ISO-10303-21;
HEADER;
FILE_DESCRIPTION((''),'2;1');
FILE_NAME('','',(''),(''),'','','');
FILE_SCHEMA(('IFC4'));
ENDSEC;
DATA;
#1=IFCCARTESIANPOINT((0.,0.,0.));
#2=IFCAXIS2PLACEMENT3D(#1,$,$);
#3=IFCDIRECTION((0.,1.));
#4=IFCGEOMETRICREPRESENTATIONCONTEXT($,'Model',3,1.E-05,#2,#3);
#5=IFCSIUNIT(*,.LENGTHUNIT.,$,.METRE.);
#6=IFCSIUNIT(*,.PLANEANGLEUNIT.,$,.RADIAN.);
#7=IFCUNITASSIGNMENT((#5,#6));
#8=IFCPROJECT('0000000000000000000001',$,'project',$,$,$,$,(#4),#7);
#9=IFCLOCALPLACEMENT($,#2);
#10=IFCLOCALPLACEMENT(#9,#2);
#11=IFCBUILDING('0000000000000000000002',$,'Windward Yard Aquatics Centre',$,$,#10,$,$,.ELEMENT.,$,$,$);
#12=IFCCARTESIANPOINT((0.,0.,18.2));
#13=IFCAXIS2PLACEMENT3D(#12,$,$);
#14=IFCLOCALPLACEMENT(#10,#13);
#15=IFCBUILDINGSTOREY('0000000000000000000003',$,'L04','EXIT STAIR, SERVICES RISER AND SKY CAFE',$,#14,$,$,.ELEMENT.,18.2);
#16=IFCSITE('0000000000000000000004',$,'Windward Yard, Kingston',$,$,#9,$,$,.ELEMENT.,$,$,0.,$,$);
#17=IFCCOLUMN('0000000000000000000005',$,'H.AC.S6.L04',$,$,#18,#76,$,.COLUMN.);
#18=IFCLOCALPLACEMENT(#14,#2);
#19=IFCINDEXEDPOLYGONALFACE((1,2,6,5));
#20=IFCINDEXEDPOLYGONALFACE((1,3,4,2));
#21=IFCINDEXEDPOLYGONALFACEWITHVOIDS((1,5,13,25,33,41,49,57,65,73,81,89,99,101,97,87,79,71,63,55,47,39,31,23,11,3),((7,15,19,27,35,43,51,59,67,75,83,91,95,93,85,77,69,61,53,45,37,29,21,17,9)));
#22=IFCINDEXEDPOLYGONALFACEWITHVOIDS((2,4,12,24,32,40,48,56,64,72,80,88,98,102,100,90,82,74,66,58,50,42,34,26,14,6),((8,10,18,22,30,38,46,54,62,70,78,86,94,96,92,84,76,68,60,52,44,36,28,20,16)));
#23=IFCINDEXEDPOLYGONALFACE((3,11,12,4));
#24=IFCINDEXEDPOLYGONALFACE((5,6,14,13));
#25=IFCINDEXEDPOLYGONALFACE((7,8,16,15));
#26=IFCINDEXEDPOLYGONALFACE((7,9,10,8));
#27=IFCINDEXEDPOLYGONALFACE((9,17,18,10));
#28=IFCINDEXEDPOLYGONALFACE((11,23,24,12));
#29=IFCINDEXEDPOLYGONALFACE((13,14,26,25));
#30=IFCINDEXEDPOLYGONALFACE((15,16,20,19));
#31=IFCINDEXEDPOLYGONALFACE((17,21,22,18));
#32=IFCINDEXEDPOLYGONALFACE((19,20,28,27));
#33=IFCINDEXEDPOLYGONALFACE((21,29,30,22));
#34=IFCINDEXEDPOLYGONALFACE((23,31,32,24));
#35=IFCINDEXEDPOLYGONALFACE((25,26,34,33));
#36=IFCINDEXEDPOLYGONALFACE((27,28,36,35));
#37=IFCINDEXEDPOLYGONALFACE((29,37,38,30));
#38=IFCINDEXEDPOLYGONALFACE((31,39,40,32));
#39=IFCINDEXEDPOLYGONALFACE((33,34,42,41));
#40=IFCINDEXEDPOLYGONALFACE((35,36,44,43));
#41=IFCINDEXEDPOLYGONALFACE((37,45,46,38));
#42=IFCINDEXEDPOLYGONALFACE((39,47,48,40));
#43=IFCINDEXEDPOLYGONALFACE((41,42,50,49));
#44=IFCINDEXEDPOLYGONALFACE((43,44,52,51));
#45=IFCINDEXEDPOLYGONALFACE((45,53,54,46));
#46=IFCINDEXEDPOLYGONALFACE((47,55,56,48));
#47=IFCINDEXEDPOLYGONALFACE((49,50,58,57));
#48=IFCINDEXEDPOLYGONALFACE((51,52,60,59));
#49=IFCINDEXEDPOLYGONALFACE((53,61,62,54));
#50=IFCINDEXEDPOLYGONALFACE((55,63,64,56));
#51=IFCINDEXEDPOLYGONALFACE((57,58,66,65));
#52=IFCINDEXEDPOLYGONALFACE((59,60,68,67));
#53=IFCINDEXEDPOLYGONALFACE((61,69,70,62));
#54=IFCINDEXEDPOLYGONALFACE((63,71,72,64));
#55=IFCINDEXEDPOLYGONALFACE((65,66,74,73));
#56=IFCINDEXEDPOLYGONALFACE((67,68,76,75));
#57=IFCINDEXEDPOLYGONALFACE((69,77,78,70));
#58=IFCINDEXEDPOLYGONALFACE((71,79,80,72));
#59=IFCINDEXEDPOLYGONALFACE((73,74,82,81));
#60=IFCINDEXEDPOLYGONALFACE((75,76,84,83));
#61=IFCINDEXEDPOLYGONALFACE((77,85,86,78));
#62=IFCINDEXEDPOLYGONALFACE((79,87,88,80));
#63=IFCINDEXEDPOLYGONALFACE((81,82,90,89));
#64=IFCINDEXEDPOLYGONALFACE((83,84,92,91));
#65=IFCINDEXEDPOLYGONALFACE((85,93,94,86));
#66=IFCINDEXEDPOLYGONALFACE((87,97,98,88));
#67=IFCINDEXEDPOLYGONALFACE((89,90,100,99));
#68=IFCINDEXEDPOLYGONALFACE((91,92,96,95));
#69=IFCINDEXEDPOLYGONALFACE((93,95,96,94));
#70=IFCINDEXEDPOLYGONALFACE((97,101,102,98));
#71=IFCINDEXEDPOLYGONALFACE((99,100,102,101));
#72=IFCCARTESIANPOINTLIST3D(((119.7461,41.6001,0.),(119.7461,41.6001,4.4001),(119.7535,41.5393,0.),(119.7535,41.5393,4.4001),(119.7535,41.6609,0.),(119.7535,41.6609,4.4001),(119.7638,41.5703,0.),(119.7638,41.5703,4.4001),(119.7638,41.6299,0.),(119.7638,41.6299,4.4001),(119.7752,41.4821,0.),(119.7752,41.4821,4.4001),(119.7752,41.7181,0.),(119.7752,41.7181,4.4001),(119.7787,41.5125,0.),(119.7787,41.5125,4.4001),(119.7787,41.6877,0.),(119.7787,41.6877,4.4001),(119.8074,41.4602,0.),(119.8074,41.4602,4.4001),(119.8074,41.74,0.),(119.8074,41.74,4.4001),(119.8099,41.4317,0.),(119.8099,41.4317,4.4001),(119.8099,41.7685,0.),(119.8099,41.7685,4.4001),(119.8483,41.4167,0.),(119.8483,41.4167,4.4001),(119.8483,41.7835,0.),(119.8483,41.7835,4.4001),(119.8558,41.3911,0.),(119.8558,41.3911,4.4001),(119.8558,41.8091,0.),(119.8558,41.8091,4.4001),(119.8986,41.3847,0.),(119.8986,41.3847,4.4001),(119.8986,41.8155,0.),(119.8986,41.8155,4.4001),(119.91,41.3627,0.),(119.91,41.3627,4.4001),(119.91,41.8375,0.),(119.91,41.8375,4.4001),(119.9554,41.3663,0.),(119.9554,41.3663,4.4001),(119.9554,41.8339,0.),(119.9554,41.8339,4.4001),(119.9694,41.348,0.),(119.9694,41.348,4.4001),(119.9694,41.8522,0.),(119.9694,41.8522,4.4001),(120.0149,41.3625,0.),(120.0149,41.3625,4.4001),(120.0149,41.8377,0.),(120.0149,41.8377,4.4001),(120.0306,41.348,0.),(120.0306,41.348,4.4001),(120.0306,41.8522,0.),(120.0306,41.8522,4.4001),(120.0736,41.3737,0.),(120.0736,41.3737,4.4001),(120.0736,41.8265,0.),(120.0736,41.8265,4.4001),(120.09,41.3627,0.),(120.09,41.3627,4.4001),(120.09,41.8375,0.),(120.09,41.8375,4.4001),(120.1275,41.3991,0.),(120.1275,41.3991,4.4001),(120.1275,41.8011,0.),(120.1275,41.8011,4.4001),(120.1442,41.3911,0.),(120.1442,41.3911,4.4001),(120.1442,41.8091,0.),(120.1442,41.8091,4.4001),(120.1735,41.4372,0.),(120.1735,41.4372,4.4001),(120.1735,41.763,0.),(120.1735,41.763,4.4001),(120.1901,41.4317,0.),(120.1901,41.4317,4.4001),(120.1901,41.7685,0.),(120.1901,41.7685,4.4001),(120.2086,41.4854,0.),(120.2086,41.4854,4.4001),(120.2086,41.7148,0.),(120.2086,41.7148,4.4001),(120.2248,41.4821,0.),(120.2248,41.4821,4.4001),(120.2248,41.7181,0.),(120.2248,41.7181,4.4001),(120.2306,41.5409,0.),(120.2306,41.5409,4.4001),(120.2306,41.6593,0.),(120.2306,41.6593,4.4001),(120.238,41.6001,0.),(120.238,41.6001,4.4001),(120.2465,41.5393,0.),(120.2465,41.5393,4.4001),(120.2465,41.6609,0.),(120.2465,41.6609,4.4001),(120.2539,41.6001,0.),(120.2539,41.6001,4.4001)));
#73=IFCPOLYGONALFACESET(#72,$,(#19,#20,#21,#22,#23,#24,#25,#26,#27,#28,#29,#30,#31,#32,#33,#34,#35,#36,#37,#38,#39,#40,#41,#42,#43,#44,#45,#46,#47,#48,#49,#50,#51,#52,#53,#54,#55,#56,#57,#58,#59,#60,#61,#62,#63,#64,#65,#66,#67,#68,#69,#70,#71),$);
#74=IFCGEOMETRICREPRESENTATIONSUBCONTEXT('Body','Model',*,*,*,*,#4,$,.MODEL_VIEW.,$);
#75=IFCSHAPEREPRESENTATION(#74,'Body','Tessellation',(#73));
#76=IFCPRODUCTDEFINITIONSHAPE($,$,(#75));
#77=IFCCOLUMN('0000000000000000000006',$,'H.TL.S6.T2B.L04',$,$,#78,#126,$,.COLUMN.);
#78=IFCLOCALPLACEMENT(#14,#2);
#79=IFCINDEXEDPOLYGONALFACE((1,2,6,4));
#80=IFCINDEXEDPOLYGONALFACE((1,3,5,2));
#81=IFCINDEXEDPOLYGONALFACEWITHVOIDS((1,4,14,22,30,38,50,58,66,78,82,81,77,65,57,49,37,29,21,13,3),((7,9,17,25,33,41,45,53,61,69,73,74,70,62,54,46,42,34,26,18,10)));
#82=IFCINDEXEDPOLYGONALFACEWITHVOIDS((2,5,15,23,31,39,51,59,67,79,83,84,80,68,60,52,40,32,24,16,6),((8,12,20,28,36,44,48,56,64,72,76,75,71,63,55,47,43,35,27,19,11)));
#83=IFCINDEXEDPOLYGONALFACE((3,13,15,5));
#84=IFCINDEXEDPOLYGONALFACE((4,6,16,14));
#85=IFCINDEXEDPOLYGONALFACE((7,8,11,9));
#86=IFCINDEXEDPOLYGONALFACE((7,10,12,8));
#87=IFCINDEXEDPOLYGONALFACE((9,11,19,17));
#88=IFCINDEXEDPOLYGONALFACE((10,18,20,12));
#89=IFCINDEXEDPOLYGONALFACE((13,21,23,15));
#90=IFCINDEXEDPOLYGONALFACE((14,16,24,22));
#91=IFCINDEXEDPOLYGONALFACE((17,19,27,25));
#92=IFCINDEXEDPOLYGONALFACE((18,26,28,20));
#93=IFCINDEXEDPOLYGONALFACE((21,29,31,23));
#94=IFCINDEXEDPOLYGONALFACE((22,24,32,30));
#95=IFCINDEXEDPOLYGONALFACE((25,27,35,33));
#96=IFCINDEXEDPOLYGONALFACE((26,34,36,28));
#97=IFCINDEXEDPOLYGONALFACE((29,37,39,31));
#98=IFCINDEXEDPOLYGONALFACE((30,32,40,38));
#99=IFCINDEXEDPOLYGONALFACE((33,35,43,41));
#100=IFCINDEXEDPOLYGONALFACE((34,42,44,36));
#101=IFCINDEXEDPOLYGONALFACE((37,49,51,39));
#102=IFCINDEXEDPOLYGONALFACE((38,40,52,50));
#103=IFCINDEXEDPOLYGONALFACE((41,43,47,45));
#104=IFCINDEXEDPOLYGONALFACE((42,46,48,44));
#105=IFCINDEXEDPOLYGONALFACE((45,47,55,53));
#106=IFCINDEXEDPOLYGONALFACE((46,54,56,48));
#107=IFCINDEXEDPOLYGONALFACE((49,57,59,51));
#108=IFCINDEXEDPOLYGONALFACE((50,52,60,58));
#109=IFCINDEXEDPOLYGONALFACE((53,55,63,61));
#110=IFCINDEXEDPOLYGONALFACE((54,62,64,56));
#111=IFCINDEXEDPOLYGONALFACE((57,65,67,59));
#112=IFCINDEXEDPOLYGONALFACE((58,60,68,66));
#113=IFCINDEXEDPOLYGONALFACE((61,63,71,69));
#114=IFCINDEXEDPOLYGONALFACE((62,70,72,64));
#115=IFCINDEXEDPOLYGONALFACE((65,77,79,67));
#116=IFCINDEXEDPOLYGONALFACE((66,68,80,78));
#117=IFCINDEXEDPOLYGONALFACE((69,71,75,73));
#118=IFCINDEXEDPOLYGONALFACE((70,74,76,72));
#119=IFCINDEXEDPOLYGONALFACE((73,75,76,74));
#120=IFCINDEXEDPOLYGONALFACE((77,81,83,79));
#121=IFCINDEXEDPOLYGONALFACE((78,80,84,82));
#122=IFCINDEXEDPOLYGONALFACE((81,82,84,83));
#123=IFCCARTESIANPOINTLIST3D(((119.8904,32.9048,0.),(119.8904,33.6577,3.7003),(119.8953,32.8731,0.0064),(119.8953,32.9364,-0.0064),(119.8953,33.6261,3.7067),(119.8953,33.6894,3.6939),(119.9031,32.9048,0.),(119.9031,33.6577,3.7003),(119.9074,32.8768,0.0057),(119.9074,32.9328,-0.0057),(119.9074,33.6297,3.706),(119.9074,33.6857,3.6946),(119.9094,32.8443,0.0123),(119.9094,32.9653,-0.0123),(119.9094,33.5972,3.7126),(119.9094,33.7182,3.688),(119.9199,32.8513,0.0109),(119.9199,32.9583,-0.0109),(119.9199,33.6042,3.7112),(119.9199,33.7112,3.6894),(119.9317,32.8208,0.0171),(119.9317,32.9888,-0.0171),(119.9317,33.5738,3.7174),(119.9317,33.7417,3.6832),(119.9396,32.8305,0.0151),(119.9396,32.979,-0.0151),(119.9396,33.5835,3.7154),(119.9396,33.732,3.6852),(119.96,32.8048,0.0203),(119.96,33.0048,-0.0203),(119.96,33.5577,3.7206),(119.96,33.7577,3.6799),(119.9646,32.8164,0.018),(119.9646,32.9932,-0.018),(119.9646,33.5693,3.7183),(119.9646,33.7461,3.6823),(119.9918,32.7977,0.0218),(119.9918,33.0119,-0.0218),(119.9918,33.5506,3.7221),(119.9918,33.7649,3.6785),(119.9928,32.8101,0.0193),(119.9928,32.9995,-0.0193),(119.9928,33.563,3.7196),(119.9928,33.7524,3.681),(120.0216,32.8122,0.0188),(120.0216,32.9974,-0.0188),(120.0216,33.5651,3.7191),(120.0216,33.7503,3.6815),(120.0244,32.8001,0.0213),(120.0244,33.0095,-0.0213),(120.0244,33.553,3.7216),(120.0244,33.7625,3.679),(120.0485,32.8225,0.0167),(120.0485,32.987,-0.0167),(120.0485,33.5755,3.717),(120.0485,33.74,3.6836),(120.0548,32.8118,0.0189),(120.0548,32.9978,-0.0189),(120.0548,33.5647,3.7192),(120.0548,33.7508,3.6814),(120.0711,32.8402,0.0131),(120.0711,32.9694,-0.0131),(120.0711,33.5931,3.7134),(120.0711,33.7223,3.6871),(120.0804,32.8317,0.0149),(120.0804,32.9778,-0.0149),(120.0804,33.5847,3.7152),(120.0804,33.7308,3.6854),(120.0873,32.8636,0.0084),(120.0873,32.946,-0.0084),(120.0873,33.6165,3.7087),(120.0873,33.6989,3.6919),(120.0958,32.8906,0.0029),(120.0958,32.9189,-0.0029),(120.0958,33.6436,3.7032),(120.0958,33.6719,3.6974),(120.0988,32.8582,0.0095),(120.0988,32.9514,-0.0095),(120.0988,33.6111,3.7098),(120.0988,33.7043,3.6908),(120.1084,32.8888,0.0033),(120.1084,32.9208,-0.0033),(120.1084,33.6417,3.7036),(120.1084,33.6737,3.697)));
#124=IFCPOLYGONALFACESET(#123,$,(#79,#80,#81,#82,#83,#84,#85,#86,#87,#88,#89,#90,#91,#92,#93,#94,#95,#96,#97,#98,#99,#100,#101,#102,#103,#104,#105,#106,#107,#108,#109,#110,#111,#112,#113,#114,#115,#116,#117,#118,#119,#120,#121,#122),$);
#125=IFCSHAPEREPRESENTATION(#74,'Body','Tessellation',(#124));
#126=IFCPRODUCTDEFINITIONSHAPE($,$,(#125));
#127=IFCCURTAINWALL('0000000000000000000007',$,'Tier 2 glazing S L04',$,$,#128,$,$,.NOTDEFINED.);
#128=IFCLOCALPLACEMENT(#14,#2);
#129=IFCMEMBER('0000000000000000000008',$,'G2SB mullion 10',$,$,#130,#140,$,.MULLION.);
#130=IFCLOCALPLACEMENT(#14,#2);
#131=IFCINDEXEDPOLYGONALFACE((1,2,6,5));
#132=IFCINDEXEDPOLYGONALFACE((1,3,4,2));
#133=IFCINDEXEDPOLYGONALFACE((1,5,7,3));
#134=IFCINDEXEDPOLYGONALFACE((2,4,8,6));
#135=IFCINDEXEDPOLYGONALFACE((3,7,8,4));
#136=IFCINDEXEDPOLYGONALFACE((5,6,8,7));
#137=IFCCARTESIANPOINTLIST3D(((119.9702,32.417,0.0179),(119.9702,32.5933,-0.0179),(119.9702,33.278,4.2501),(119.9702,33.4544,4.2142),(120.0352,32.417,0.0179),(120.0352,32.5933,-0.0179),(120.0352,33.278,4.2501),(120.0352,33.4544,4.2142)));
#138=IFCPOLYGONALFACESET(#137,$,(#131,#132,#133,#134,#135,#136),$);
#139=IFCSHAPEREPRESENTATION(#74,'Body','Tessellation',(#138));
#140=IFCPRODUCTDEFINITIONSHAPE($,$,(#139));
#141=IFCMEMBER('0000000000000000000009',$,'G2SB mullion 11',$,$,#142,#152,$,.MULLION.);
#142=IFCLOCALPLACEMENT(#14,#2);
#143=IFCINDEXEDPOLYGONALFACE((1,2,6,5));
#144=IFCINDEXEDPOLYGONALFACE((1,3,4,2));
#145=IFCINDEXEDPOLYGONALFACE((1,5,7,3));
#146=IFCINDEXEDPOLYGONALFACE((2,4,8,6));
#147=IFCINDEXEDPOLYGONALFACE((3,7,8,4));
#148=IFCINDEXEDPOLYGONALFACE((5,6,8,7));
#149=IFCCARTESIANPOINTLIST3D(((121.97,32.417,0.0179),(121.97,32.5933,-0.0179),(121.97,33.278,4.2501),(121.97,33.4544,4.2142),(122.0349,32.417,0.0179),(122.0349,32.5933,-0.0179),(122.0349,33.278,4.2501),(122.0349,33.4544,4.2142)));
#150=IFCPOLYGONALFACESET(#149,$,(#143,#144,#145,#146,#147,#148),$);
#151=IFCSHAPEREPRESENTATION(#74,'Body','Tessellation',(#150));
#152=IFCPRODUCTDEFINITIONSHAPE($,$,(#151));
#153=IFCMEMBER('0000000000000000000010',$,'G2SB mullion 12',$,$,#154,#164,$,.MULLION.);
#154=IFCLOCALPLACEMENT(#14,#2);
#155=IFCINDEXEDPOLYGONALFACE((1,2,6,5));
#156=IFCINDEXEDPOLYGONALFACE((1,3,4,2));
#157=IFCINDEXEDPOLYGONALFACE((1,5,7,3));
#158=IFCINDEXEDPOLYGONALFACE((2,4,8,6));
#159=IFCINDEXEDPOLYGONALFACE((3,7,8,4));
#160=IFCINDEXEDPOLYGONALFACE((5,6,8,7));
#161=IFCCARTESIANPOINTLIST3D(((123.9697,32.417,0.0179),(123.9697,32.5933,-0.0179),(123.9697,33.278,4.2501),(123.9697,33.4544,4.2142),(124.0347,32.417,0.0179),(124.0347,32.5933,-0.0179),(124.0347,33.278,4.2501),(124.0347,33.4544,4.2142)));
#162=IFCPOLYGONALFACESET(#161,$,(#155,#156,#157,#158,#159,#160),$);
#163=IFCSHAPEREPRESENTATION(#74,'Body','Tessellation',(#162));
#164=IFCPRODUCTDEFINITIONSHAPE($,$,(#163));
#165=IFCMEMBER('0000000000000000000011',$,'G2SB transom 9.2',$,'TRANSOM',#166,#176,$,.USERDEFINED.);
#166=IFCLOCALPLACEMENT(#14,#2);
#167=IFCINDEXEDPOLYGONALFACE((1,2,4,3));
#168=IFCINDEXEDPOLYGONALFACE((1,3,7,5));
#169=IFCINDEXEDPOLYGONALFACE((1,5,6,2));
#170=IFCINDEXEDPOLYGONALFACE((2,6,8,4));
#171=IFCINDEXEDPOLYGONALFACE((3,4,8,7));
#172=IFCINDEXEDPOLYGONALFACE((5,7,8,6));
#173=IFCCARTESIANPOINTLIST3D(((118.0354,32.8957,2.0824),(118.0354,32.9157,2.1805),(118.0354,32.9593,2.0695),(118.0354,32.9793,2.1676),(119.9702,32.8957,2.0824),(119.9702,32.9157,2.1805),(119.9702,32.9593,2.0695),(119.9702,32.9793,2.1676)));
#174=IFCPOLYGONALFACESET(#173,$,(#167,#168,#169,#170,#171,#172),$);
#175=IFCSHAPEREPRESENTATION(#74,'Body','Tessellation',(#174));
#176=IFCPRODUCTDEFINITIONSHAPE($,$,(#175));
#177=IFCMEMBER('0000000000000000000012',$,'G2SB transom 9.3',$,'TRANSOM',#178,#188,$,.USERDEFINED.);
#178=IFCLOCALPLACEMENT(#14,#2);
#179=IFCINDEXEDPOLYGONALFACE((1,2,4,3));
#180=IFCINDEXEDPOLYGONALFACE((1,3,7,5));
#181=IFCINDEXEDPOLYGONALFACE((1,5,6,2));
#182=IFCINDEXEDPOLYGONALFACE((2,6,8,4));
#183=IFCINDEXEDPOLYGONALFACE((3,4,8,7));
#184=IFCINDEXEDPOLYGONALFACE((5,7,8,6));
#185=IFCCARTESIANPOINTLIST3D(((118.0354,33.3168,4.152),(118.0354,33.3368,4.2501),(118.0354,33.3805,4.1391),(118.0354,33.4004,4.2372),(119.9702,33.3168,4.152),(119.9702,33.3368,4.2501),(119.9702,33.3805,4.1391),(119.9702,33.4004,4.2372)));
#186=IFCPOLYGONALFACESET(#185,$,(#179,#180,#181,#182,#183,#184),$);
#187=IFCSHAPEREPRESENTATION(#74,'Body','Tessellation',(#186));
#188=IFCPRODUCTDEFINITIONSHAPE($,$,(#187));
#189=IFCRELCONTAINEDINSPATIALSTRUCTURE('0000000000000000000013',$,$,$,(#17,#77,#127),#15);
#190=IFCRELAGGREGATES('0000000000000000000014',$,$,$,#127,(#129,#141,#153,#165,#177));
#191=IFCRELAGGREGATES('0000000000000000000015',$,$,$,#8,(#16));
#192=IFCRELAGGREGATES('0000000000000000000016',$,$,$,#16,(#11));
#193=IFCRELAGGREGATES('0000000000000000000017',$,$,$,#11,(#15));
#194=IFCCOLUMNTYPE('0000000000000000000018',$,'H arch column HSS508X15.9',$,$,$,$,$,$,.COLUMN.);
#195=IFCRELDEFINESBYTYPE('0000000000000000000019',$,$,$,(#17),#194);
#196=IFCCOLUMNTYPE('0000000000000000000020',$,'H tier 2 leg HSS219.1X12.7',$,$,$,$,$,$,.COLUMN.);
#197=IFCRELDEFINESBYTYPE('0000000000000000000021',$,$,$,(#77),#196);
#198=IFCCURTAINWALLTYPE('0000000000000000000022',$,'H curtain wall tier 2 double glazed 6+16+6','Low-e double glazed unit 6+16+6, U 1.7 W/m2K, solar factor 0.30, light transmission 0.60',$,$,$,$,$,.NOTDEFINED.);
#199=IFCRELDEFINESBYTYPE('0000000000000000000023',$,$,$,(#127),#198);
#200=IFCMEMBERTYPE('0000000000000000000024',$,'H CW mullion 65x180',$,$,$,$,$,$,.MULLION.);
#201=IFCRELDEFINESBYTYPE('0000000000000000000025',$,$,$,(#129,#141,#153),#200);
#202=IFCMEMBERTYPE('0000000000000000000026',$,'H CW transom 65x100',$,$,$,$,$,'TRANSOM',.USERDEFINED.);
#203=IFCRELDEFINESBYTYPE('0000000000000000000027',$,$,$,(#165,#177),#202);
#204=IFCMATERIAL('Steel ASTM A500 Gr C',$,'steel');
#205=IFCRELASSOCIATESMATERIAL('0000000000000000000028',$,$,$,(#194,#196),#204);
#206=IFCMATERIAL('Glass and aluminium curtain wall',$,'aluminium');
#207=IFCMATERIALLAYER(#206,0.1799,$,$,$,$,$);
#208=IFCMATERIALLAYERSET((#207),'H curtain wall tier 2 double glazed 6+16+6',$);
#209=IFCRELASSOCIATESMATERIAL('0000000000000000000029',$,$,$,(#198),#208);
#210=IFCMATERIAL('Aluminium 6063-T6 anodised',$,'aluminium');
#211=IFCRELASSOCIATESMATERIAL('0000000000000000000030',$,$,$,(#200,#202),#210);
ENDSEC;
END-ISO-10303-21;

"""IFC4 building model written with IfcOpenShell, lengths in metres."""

from ifc_helpers import new_model, si_unit, direction, frame, origin, origin_2d, place, context, subcontext, project, spatial, rectangle, hollow_circle, extrude, material, layer, layer_set, material_profile, profile_set, type_object, element, aggregate, save


model = new_model("IFC4")

# Units and contexts
model_context = context("Model", 3, precision=1e-05, world=origin(), true_north=direction((0.0, 1.0)))
body_context = subcontext(model_context, "Body", "Model", "MODEL_VIEW")
ifc_project = project(units=[si_unit("LENGTHUNIT", "METRE"), si_unit("PLANEANGLEUNIT", "RADIAN")], contexts=[model_context])

# Site, building, storey
site_placement = place(None, origin())
site = spatial("IfcSite", under=ifc_project, at=site_placement, Name="Windward Yard, Kingston", CompositionType="ELEMENT", RefElevation=0.0)
building_placement = place(site_placement, origin())
building = spatial("IfcBuilding", under=site, at=building_placement, Name="Windward Yard Aquatics Centre", CompositionType="ELEMENT")
storey_placement = place(building_placement, frame((0.0, 0.0, 18.2)))
storey = spatial("IfcBuildingStorey", under=building, at=storey_placement, Name="L04", Description="EXIT STAIR, SERVICES RISER AND SKY CAFE", CompositionType="ELEMENT", Elevation=18.2)

# Columns
ifc_material_1 = material(Name="Steel ASTM A500 Gr C", Category="steel")
ifc_material_profile_1 = material_profile(ifc_material_1, hollow_circle(Radius=0.2539, WallThickness=0.0159, at=origin_2d()), Name="HSS508X15.9")
ifc_profile_set_1 = profile_set([ifc_material_profile_1], Name="Steel ASTM A500 Gr C")
column_type_1 = type_object("IfcColumnType", Name="H arch column HSS508X15.9", PredefinedType="COLUMN", material=ifc_profile_set_1)
column_1_placement = place(storey_placement, frame((120.0, 41.6001, 0.0), z_axis=(0.0, 0.0, 1.0), x_axis=(1.0, 0.0, 0.0)))
element("IfcColumn", 1, at=column_1_placement, inside=storey, type_object=column_type_1, Name="H.AC.S6.L04", PredefinedType="COLUMN", context=body_context, shape_type="SweptSolid", body=[
    extrude(hollow_circle(Radius=0.2539, WallThickness=0.0159, at=origin_2d()), origin(), (0.0, 0.0, 1.0), 4.4001),
])
ifc_material_profile_2 = material_profile(ifc_material_1, hollow_circle(Radius=0.1096, WallThickness=0.0127, at=origin_2d()), Name="HSS219.1X12.7")
ifc_profile_set_2 = profile_set([ifc_material_profile_2], Name="Steel ASTM A500 Gr C")
column_type_2 = type_object("IfcColumnType", Name="H tier 2 leg HSS219.1X12.7", PredefinedType="COLUMN", material=ifc_profile_set_2)
column_2_placement = place(storey_placement, frame((120.0, 32.9048, 0.0), z_axis=(0.0, 0.199398, 0.979919), x_axis=(-1.0, 0.0, 0.0)))
element("IfcColumn", 2, at=column_2_placement, inside=storey, type_object=column_type_2, Name="H.TL.S6.T2B.L04", PredefinedType="COLUMN", context=body_context, shape_type="SweptSolid", body=[
    extrude(hollow_circle(Radius=0.1096, WallThickness=0.0127, at=origin_2d()), origin(), (0.0, 0.0, 1.0), 3.7761),
])

# Curtain wall, members
ifc_material_2 = material(Name="Glass and aluminium curtain wall", Category="aluminium")
ifc_layer_1 = layer(ifc_material_2, 0.1799)
ifc_layer_set_1 = layer_set([ifc_layer_1], Name="H curtain wall tier 2 double glazed 6+16+6")
curtain_wall_type = type_object("IfcCurtainWallType", Name="H curtain wall tier 2 double glazed 6+16+6", Description="Low-e double glazed unit 6+16+6, U 1.7 W/m2K, solar factor 0.30, light transmission 0.60", PredefinedType="NOTDEFINED", material=ifc_layer_set_1)
curtain_wall_placement = place(storey_placement, origin())
curtain_wall = element("IfcCurtainWall", 3, at=curtain_wall_placement, inside=storey, type_object=curtain_wall_type, Name="Tier 2 glazing S L04", PredefinedType="NOTDEFINED")
ifc_material_3 = material(Name="Aluminium 6063-T6 anodised", Category="aluminium")
ifc_material_profile_3 = material_profile(ifc_material_3, rectangle(XDim=0.0649, YDim=0.1799, at=origin_2d()), Name="H CW mullion 65x180")
ifc_profile_set_3 = profile_set([ifc_material_profile_3], Name="Aluminium 6063-T6 anodised")
member_type_1 = type_object("IfcMemberType", Name="H CW mullion 65x180", PredefinedType="MULLION", material=ifc_profile_set_3)
member_1_placement = place(storey_placement, frame((120.0027, 32.5051, 0.0), z_axis=(0.0, 0.199376, 0.979923), x_axis=(-1.0, 0.0, 0.0)))
member_1 = element("IfcMember", 4, at=member_1_placement, type_object=member_type_1, Name="G2SB mullion 10", PredefinedType="MULLION", context=body_context, shape_type="SweptSolid", body=[
    extrude(rectangle(XDim=0.0649, YDim=0.1799, at=origin_2d()), origin(), (0.0, 0.0, 1.0), 4.3188),
])
member_2_placement = place(storey_placement, frame((122.0024, 32.5051, 0.0), z_axis=(0.0, 0.199376, 0.979923), x_axis=(-1.0, 0.0, 0.0)))
member_2 = element("IfcMember", 5, at=member_2_placement, type_object=member_type_1, Name="G2SB mullion 11", PredefinedType="MULLION", context=body_context, shape_type="SweptSolid", body=[
    extrude(rectangle(XDim=0.0649, YDim=0.1799, at=origin_2d()), origin(), (0.0, 0.0, 1.0), 4.3188),
])
member_3_placement = place(storey_placement, frame((124.0022, 32.5051, 0.0), z_axis=(0.0, 0.199376, 0.979923), x_axis=(-1.0, 0.0, 0.0)))
member_3 = element("IfcMember", 6, at=member_3_placement, type_object=member_type_1, Name="G2SB mullion 12", PredefinedType="MULLION", context=body_context, shape_type="SweptSolid", body=[
    extrude(rectangle(XDim=0.0649, YDim=0.1799, at=origin_2d()), origin(), (0.0, 0.0, 1.0), 4.3188),
])
ifc_material_profile_4 = material_profile(ifc_material_3, rectangle(XDim=0.0649, YDim=0.1001, at=origin_2d()), Name="H CW transom 65x100")
ifc_profile_set_4 = profile_set([ifc_material_profile_4], Name="Aluminium 6063-T6 anodised")
member_type_2 = type_object("IfcMemberType", Name="H CW transom 65x100", ElementType="TRANSOM", PredefinedType="USERDEFINED", material=ifc_profile_set_4)
member_4_placement = place(storey_placement, frame((118.0354, 32.9375, 2.125), z_axis=(1.0, 0.0, 0.0), x_axis=(0.0, -0.979925, 0.199368)))
member_4 = element("IfcMember", 7, at=member_4_placement, type_object=member_type_2, Name="G2SB transom 9.2", ObjectType="TRANSOM", PredefinedType="USERDEFINED", context=body_context, shape_type="SweptSolid", body=[
    extrude(rectangle(XDim=0.0649, YDim=0.1001, at=origin_2d()), origin(), (0.0, 0.0, 1.0), 1.9348),
])
member_5_placement = place(storey_placement, frame((118.0354, 33.3586, 4.1946), z_axis=(1.0, 0.0, 0.0), x_axis=(0.0, -0.979925, 0.199368)))
member_5 = element("IfcMember", 8, at=member_5_placement, type_object=member_type_2, Name="G2SB transom 9.3", ObjectType="TRANSOM", PredefinedType="USERDEFINED", context=body_context, shape_type="SweptSolid", body=[
    extrude(rectangle(XDim=0.0649, YDim=0.1001, at=origin_2d()), origin(), (0.0, 0.0, 1.0), 1.9348),
])

aggregate(curtain_wall, [member_1, member_2, member_3, member_4, member_5])

save(model, "model.ifc")
